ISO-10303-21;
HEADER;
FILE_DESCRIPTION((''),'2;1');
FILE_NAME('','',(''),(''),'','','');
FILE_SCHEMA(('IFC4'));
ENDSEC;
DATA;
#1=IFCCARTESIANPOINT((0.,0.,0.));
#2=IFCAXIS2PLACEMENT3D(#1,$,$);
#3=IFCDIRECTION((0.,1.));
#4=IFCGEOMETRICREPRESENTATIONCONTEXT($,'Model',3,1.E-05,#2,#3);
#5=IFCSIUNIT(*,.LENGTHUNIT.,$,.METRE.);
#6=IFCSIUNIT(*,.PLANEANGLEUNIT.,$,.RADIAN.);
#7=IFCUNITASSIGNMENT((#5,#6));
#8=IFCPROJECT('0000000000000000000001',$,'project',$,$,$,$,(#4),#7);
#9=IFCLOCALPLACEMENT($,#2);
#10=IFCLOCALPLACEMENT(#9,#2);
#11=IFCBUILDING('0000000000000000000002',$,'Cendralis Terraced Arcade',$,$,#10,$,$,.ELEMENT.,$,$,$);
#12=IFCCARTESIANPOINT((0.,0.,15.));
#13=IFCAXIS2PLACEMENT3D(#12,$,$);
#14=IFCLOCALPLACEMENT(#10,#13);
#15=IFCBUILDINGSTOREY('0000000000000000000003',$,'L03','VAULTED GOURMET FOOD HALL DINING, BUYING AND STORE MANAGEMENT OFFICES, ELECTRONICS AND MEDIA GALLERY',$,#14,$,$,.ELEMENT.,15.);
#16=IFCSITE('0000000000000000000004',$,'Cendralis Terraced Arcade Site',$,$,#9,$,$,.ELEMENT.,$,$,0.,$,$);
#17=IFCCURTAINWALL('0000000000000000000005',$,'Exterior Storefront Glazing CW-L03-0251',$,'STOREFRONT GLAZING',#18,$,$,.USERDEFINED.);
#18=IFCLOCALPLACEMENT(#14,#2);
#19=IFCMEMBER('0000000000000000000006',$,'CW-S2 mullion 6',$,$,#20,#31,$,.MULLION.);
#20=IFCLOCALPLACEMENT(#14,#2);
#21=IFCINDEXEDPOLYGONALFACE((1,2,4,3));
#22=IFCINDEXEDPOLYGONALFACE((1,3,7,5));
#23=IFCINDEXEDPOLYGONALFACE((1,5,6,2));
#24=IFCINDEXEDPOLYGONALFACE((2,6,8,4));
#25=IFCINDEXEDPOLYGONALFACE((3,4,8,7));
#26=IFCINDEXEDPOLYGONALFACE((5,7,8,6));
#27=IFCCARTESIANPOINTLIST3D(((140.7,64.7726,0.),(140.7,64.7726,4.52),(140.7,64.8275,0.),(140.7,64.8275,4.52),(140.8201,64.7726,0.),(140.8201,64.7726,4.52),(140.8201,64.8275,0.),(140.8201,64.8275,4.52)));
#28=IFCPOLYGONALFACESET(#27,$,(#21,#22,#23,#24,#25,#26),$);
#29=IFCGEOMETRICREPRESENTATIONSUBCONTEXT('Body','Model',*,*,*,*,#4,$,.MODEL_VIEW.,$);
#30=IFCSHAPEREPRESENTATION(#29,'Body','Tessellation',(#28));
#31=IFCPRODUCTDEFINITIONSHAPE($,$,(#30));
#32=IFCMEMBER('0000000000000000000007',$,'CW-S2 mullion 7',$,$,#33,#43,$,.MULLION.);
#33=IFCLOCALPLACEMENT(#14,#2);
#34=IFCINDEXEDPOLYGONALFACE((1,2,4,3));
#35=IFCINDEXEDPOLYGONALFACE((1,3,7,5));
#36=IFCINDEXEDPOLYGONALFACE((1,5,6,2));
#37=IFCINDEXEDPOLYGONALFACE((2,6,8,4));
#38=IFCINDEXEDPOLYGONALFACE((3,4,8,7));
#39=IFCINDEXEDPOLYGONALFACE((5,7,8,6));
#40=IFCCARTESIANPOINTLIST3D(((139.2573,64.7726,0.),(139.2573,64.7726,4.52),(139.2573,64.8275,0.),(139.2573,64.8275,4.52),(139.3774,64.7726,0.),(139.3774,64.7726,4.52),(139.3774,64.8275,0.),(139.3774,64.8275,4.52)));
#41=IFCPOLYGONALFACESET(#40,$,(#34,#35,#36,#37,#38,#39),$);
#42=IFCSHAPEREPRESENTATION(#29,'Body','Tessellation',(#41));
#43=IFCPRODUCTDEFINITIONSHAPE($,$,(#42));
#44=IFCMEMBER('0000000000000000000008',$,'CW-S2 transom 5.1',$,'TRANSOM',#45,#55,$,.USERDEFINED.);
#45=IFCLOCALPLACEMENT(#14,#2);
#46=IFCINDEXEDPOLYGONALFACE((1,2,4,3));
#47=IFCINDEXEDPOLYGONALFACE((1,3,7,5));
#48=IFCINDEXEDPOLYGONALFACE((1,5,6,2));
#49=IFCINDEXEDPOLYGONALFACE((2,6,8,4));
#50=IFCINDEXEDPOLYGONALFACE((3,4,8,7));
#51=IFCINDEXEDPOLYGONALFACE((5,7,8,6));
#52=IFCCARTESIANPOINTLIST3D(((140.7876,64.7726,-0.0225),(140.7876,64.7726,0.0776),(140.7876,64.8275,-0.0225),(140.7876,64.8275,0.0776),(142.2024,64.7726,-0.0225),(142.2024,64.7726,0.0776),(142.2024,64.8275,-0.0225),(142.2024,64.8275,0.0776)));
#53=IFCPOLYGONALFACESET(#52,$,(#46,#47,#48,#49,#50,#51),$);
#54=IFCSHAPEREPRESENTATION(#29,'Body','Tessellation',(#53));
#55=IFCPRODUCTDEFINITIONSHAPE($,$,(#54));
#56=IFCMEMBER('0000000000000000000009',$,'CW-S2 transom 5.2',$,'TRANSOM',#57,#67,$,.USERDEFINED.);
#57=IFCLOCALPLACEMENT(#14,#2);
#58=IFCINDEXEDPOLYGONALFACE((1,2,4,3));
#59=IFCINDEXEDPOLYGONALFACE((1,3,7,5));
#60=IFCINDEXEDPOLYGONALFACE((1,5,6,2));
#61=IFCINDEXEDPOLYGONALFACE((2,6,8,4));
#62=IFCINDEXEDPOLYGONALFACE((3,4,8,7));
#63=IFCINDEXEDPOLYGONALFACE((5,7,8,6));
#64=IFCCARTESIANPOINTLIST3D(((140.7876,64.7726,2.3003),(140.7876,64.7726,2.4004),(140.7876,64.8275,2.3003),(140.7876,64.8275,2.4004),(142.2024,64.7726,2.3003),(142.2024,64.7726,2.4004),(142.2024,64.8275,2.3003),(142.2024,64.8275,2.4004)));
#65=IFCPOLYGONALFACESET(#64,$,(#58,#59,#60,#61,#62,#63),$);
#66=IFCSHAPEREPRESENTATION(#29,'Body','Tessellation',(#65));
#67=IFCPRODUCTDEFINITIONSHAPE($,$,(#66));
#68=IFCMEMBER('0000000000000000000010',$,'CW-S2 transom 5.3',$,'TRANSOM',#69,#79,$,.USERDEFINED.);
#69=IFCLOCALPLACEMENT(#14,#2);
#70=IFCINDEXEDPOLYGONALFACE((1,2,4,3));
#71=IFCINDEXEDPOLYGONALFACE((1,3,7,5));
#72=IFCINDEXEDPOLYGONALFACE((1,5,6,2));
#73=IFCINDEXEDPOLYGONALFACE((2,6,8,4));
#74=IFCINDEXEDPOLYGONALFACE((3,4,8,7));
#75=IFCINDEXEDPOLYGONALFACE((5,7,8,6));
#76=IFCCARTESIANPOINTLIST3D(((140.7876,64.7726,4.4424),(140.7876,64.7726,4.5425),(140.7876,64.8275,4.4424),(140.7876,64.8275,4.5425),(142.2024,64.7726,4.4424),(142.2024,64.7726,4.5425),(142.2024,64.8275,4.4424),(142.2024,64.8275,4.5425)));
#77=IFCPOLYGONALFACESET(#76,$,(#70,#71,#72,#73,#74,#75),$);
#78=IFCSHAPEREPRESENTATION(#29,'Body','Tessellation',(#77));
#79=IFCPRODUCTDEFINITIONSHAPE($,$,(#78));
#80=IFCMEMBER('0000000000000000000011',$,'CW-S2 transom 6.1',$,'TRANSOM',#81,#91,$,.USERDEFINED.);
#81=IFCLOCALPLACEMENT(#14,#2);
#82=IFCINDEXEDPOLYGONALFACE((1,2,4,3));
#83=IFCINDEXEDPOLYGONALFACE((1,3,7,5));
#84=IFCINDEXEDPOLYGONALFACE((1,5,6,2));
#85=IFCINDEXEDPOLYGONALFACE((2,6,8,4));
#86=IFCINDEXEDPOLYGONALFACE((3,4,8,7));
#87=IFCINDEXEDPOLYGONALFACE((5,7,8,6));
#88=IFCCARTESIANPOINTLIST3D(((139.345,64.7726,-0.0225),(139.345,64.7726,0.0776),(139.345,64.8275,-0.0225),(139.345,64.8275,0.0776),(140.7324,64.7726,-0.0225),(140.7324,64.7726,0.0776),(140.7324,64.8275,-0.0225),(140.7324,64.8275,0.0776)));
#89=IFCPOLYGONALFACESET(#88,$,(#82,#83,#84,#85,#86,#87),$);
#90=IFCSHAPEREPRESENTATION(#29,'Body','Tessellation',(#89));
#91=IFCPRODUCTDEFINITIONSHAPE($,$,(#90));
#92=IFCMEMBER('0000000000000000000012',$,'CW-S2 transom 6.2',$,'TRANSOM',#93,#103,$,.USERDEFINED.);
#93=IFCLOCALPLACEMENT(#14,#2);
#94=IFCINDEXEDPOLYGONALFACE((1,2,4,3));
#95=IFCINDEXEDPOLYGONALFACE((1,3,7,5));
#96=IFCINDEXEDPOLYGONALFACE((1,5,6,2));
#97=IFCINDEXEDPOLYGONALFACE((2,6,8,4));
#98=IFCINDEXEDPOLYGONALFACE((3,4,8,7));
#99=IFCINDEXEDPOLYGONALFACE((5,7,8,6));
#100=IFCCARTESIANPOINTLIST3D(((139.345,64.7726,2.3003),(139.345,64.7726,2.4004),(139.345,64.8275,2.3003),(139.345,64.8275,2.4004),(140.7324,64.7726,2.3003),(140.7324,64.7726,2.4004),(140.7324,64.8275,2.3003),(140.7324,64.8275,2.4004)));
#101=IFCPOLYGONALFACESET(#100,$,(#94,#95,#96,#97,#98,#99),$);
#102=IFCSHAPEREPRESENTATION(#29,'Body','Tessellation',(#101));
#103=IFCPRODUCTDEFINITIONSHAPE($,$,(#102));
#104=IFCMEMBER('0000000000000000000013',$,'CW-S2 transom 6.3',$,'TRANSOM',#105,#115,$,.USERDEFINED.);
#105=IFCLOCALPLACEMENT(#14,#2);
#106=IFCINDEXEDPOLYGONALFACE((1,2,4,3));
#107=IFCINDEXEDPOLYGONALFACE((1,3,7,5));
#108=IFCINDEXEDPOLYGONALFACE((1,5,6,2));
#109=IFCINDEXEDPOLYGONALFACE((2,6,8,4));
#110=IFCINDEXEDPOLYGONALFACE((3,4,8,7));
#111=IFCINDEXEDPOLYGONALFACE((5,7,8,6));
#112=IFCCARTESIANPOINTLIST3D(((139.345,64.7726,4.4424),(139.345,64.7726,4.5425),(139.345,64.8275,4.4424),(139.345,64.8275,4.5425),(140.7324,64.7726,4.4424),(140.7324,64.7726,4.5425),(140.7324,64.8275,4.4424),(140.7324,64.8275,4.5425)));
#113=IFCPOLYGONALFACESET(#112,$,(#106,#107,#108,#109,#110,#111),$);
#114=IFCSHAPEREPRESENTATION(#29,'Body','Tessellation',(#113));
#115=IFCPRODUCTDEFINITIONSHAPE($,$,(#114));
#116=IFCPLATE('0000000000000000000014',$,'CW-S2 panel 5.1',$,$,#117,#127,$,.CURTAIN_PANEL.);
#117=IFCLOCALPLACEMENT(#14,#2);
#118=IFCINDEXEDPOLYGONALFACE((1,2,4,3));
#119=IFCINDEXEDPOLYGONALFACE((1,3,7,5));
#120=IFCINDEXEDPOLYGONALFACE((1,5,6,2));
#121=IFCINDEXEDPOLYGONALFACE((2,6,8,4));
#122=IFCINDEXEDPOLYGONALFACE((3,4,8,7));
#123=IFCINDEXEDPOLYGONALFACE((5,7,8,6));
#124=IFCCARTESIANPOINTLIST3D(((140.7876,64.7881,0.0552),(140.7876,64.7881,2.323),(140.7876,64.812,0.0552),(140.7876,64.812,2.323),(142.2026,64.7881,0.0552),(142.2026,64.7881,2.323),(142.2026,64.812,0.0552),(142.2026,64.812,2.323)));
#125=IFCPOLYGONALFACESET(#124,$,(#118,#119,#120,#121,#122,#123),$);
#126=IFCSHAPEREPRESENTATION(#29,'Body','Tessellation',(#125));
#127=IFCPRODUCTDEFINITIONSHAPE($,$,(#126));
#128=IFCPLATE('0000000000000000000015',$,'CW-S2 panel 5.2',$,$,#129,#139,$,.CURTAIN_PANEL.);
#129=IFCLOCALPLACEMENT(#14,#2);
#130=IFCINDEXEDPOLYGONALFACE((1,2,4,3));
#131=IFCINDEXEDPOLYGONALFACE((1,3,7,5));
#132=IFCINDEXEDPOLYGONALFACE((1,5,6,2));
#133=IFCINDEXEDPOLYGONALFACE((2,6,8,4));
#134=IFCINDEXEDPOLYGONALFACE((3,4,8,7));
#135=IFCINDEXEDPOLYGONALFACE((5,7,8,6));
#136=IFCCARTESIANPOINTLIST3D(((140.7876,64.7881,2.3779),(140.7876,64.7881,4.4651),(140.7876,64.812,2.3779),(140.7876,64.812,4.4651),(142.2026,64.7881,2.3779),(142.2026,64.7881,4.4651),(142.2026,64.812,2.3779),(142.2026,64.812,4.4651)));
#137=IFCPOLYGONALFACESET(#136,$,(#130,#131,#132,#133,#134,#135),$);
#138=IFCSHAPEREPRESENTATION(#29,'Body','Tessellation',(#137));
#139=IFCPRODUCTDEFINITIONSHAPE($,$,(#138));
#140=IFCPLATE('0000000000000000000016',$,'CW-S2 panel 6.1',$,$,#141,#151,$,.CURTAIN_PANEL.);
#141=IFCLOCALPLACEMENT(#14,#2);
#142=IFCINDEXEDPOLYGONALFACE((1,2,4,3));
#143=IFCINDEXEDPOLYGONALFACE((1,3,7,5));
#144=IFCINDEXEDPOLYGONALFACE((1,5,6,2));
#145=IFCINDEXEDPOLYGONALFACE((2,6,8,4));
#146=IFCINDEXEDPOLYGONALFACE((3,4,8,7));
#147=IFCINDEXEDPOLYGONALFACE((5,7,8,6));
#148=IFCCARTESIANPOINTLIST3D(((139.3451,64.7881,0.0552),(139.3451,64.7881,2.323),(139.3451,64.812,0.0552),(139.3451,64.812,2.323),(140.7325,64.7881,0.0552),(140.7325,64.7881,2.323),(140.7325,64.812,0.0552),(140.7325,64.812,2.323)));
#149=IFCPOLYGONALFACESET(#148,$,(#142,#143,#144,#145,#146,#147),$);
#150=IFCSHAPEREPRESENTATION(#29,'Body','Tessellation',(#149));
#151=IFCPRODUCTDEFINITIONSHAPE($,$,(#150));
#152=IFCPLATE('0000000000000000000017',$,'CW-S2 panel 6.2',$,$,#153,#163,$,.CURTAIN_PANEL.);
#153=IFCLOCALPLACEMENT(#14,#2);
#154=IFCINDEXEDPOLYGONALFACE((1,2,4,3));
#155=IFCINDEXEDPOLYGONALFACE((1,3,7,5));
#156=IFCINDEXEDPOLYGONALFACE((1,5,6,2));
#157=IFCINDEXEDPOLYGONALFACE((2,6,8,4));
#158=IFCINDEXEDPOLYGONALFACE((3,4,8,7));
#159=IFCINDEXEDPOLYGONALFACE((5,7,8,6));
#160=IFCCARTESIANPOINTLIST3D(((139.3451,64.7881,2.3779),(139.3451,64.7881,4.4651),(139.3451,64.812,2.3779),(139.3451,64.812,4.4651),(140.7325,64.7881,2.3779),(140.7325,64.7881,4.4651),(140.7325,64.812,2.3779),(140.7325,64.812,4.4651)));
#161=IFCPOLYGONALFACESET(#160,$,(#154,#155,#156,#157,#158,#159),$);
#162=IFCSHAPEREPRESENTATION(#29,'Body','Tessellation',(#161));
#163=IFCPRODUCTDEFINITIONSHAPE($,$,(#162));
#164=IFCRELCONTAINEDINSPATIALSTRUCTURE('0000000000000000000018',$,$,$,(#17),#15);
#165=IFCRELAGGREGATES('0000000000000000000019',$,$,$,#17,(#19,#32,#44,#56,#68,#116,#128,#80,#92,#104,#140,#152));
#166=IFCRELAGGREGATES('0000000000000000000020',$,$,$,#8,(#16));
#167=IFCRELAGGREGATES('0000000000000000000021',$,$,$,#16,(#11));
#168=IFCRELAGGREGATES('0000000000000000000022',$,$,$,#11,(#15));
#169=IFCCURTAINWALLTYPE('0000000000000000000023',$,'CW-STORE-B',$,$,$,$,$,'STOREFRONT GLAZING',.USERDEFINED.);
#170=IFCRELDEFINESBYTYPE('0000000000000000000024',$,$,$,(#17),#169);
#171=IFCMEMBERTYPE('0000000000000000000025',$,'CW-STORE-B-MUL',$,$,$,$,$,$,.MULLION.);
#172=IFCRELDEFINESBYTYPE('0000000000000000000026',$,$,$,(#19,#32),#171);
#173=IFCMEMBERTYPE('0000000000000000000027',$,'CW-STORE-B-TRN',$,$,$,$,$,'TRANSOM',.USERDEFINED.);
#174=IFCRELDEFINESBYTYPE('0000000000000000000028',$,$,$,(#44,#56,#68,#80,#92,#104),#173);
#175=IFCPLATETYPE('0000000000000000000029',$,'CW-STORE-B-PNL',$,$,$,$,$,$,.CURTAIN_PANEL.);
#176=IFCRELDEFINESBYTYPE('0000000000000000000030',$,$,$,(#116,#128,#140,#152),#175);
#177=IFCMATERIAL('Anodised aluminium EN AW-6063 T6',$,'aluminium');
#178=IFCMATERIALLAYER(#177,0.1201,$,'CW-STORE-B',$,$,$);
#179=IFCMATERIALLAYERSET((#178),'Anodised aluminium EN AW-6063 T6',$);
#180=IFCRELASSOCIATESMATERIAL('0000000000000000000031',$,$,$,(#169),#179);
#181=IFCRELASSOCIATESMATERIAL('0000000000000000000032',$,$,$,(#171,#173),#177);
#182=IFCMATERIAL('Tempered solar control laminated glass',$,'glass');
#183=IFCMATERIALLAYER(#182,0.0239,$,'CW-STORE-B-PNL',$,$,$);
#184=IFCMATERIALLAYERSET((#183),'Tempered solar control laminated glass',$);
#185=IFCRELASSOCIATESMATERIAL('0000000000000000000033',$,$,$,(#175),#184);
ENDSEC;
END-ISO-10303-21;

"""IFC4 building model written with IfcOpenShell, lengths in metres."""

from ifc_helpers import new_model, si_unit, direction, frame, origin, origin_2d, place, context, subcontext, project, spatial, rectangle, extrude, material, layer, layer_set, material_profile, profile_set, type_object, element, aggregate, save


model = new_model("IFC4")

# Units and contexts
model_context = context("Model", 3, precision=1e-05, world=origin(), true_north=direction((0.0, 1.0)))
body_context = subcontext(model_context, "Body", "Model", "MODEL_VIEW")
ifc_project = project(units=[si_unit("LENGTHUNIT", "METRE"), si_unit("PLANEANGLEUNIT", "RADIAN")], contexts=[model_context])

# Site, building, storey
site_placement = place(None, origin())
site = spatial("IfcSite", under=ifc_project, at=site_placement, Name="Cendralis Terraced Arcade Site", CompositionType="ELEMENT", RefElevation=0.0)
building_placement = place(site_placement, origin())
building = spatial("IfcBuilding", under=site, at=building_placement, Name="Cendralis Terraced Arcade", CompositionType="ELEMENT")
storey_placement = place(building_placement, frame((0.0, 0.0, 15.0)))
storey = spatial("IfcBuildingStorey", under=building, at=storey_placement, Name="L03", Description="VAULTED GOURMET FOOD HALL DINING, BUYING AND STORE MANAGEMENT OFFICES, ELECTRONICS AND MEDIA GALLERY", CompositionType="ELEMENT", Elevation=15.0)

# Curtain wall, members, plates
ifc_material_1 = material(Name="Anodised aluminium EN AW-6063 T6", Category="aluminium")
ifc_layer_1 = layer(ifc_material_1, 0.1201, Name="CW-STORE-B")
ifc_layer_set_1 = layer_set([ifc_layer_1], Name="Anodised aluminium EN AW-6063 T6")
curtain_wall_type = type_object("IfcCurtainWallType", Name="CW-STORE-B", ElementType="STOREFRONT GLAZING", PredefinedType="USERDEFINED", material=ifc_layer_set_1)
curtain_wall_placement = place(storey_placement, origin())
curtain_wall = element("IfcCurtainWall", 1, at=curtain_wall_placement, inside=storey, type_object=curtain_wall_type, Name="Exterior Storefront Glazing CW-L03-0251", ObjectType="STOREFRONT GLAZING", PredefinedType="USERDEFINED")
ifc_material_profile_1 = material_profile(ifc_material_1, rectangle(XDim=0.0549, YDim=0.1201, at=origin_2d()), Name="ALU-MUL-55x120")
ifc_profile_set_1 = profile_set([ifc_material_profile_1], Name="Anodised aluminium EN AW-6063 T6")
member_type_1 = type_object("IfcMemberType", Name="CW-STORE-B-MUL", PredefinedType="MULLION", material=ifc_profile_set_1)
member_1_placement = place(storey_placement, frame((140.76, 64.8, 0.0), z_axis=(0.0, 0.0, 1.0), x_axis=(0.0, -1.0, 0.0)))
member_1 = element("IfcMember", 2, at=member_1_placement, type_object=member_type_1, Name="CW-S2 mullion 6", PredefinedType="MULLION", context=body_context, shape_type="SweptSolid", body=[
    extrude(rectangle(XDim=0.0549, YDim=0.1201, at=origin_2d()), origin(), (0.0, 0.0, 1.0), 4.52),
])
member_2_placement = place(storey_placement, frame((139.3174, 64.8, 0.0), z_axis=(0.0, 0.0, 1.0), x_axis=(0.0, -1.0, 0.0)))
member_2 = element("IfcMember", 3, at=member_2_placement, type_object=member_type_1, Name="CW-S2 mullion 7", PredefinedType="MULLION", context=body_context, shape_type="SweptSolid", body=[
    extrude(rectangle(XDim=0.0549, YDim=0.1201, at=origin_2d()), origin(), (0.0, 0.0, 1.0), 4.52),
])
ifc_material_profile_2 = material_profile(ifc_material_1, rectangle(XDim=0.0549, YDim=0.1001, at=origin_2d()), Name="ALU-TRN-55x100")
ifc_profile_set_2 = profile_set([ifc_material_profile_2], Name="Anodised aluminium EN AW-6063 T6")
member_type_2 = type_object("IfcMemberType", Name="CW-STORE-B-TRN", ElementType="TRANSOM", PredefinedType="USERDEFINED", material=ifc_profile_set_2)
member_3_placement = place(storey_placement, frame((142.2024, 64.8, 0.0276), z_axis=(-1.0, 0.0, 0.0), x_axis=(0.0, -1.0, 0.0)))
member_3 = element("IfcMember", 4, at=member_3_placement, type_object=member_type_2, Name="CW-S2 transom 5.1", ObjectType="TRANSOM", PredefinedType="USERDEFINED", context=body_context, shape_type="SweptSolid", body=[
    extrude(rectangle(XDim=0.0549, YDim=0.1001, at=origin_2d()), origin(), (0.0, 0.0, 1.0), 1.4148),
])
member_4_placement = place(storey_placement, frame((142.2024, 64.8, 2.3503), z_axis=(-1.0, 0.0, 0.0), x_axis=(0.0, -1.0, 0.0)))
member_4 = element("IfcMember", 5, at=member_4_placement, type_object=member_type_2, Name="CW-S2 transom 5.2", ObjectType="TRANSOM", PredefinedType="USERDEFINED", context=body_context, shape_type="SweptSolid", body=[
    extrude(rectangle(XDim=0.0549, YDim=0.1001, at=origin_2d()), origin(), (0.0, 0.0, 1.0), 1.4148),
])
member_5_placement = place(storey_placement, frame((142.2024, 64.8, 4.4924), z_axis=(-1.0, 0.0, 0.0), x_axis=(0.0, -1.0, 0.0)))
member_5 = element("IfcMember", 6, at=member_5_placement, type_object=member_type_2, Name="CW-S2 transom 5.3", ObjectType="TRANSOM", PredefinedType="USERDEFINED", context=body_context, shape_type="SweptSolid", body=[
    extrude(rectangle(XDim=0.0549, YDim=0.1001, at=origin_2d()), origin(), (0.0, 0.0, 1.0), 1.4148),
])
member_6_placement = place(storey_placement, frame((140.7324, 64.8, 0.0276), z_axis=(-1.0, 0.0, 0.0), x_axis=(0.0, -1.0, 0.0)))
member_6 = element("IfcMember", 7, at=member_6_placement, type_object=member_type_2, Name="CW-S2 transom 6.1", ObjectType="TRANSOM", PredefinedType="USERDEFINED", context=body_context, shape_type="SweptSolid", body=[
    extrude(rectangle(XDim=0.0549, YDim=0.1001, at=origin_2d()), origin(), (0.0, 0.0, 1.0), 1.3875),
])
member_7_placement = place(storey_placement, frame((140.7324, 64.8, 2.3503), z_axis=(-1.0, 0.0, 0.0), x_axis=(0.0, -1.0, 0.0)))
member_7 = element("IfcMember", 8, at=member_7_placement, type_object=member_type_2, Name="CW-S2 transom 6.2", ObjectType="TRANSOM", PredefinedType="USERDEFINED", context=body_context, shape_type="SweptSolid", body=[
    extrude(rectangle(XDim=0.0549, YDim=0.1001, at=origin_2d()), origin(), (0.0, 0.0, 1.0), 1.3875),
])
member_8_placement = place(storey_placement, frame((140.7324, 64.8, 4.4924), z_axis=(-1.0, 0.0, 0.0), x_axis=(0.0, -1.0, 0.0)))
member_8 = element("IfcMember", 9, at=member_8_placement, type_object=member_type_2, Name="CW-S2 transom 6.3", ObjectType="TRANSOM", PredefinedType="USERDEFINED", context=body_context, shape_type="SweptSolid", body=[
    extrude(rectangle(XDim=0.0549, YDim=0.1001, at=origin_2d()), origin(), (0.0, 0.0, 1.0), 1.3875),
])
ifc_material_2 = material(Name="Tempered solar control laminated glass", Category="glass")
ifc_layer_2 = layer(ifc_material_2, 0.0239, Name="CW-STORE-B-PNL")
ifc_layer_set_2 = layer_set([ifc_layer_2], Name="Tempered solar control laminated glass")
plate_type = type_object("IfcPlateType", Name="CW-STORE-B-PNL", PredefinedType="CURTAIN_PANEL", material=ifc_layer_set_2)
plate_1_placement = place(storey_placement, frame((141.4951, 64.8, 0.0552), z_axis=(0.0, 0.0, 1.0), x_axis=(-1.0, 0.0, 0.0)))
plate_1 = element("IfcPlate", 10, at=plate_1_placement, type_object=plate_type, Name="CW-S2 panel 5.1", PredefinedType="CURTAIN_PANEL", context=body_context, shape_type="SweptSolid", body=[
    extrude(rectangle(XDim=1.415, YDim=0.0239, at=origin_2d()), origin(), (0.0, 0.0, 1.0), 2.2678),
])
plate_2_placement = place(storey_placement, frame((141.4951, 64.8, 2.3779), z_axis=(0.0, 0.0, 1.0), x_axis=(-1.0, 0.0, 0.0)))
plate_2 = element("IfcPlate", 11, at=plate_2_placement, type_object=plate_type, Name="CW-S2 panel 5.2", PredefinedType="CURTAIN_PANEL", context=body_context, shape_type="SweptSolid", body=[
    extrude(rectangle(XDim=1.415, YDim=0.0239, at=origin_2d()), origin(), (0.0, 0.0, 1.0), 2.0872),
])
plate_3_placement = place(storey_placement, frame((140.0388, 64.8, 0.0552), z_axis=(0.0, 0.0, 1.0), x_axis=(-1.0, 0.0, 0.0)))
plate_3 = element("IfcPlate", 12, at=plate_3_placement, type_object=plate_type, Name="CW-S2 panel 6.1", PredefinedType="CURTAIN_PANEL", context=body_context, shape_type="SweptSolid", body=[
    extrude(rectangle(XDim=1.3875, YDim=0.0239, at=origin_2d()), origin(), (0.0, 0.0, 1.0), 2.2678),
])
plate_4_placement = place(storey_placement, frame((140.0388, 64.8, 2.3779), z_axis=(0.0, 0.0, 1.0), x_axis=(-1.0, 0.0, 0.0)))
plate_4 = element("IfcPlate", 13, at=plate_4_placement, type_object=plate_type, Name="CW-S2 panel 6.2", PredefinedType="CURTAIN_PANEL", context=body_context, shape_type="SweptSolid", body=[
    extrude(rectangle(XDim=1.3875, YDim=0.0239, at=origin_2d()), origin(), (0.0, 0.0, 1.0), 2.0872),
])
aggregate(curtain_wall, [member_1, member_2, member_3, member_4, member_5, plate_1, plate_2, member_6, member_7, member_8, plate_3, plate_4])

save(model, "model.ifc")
